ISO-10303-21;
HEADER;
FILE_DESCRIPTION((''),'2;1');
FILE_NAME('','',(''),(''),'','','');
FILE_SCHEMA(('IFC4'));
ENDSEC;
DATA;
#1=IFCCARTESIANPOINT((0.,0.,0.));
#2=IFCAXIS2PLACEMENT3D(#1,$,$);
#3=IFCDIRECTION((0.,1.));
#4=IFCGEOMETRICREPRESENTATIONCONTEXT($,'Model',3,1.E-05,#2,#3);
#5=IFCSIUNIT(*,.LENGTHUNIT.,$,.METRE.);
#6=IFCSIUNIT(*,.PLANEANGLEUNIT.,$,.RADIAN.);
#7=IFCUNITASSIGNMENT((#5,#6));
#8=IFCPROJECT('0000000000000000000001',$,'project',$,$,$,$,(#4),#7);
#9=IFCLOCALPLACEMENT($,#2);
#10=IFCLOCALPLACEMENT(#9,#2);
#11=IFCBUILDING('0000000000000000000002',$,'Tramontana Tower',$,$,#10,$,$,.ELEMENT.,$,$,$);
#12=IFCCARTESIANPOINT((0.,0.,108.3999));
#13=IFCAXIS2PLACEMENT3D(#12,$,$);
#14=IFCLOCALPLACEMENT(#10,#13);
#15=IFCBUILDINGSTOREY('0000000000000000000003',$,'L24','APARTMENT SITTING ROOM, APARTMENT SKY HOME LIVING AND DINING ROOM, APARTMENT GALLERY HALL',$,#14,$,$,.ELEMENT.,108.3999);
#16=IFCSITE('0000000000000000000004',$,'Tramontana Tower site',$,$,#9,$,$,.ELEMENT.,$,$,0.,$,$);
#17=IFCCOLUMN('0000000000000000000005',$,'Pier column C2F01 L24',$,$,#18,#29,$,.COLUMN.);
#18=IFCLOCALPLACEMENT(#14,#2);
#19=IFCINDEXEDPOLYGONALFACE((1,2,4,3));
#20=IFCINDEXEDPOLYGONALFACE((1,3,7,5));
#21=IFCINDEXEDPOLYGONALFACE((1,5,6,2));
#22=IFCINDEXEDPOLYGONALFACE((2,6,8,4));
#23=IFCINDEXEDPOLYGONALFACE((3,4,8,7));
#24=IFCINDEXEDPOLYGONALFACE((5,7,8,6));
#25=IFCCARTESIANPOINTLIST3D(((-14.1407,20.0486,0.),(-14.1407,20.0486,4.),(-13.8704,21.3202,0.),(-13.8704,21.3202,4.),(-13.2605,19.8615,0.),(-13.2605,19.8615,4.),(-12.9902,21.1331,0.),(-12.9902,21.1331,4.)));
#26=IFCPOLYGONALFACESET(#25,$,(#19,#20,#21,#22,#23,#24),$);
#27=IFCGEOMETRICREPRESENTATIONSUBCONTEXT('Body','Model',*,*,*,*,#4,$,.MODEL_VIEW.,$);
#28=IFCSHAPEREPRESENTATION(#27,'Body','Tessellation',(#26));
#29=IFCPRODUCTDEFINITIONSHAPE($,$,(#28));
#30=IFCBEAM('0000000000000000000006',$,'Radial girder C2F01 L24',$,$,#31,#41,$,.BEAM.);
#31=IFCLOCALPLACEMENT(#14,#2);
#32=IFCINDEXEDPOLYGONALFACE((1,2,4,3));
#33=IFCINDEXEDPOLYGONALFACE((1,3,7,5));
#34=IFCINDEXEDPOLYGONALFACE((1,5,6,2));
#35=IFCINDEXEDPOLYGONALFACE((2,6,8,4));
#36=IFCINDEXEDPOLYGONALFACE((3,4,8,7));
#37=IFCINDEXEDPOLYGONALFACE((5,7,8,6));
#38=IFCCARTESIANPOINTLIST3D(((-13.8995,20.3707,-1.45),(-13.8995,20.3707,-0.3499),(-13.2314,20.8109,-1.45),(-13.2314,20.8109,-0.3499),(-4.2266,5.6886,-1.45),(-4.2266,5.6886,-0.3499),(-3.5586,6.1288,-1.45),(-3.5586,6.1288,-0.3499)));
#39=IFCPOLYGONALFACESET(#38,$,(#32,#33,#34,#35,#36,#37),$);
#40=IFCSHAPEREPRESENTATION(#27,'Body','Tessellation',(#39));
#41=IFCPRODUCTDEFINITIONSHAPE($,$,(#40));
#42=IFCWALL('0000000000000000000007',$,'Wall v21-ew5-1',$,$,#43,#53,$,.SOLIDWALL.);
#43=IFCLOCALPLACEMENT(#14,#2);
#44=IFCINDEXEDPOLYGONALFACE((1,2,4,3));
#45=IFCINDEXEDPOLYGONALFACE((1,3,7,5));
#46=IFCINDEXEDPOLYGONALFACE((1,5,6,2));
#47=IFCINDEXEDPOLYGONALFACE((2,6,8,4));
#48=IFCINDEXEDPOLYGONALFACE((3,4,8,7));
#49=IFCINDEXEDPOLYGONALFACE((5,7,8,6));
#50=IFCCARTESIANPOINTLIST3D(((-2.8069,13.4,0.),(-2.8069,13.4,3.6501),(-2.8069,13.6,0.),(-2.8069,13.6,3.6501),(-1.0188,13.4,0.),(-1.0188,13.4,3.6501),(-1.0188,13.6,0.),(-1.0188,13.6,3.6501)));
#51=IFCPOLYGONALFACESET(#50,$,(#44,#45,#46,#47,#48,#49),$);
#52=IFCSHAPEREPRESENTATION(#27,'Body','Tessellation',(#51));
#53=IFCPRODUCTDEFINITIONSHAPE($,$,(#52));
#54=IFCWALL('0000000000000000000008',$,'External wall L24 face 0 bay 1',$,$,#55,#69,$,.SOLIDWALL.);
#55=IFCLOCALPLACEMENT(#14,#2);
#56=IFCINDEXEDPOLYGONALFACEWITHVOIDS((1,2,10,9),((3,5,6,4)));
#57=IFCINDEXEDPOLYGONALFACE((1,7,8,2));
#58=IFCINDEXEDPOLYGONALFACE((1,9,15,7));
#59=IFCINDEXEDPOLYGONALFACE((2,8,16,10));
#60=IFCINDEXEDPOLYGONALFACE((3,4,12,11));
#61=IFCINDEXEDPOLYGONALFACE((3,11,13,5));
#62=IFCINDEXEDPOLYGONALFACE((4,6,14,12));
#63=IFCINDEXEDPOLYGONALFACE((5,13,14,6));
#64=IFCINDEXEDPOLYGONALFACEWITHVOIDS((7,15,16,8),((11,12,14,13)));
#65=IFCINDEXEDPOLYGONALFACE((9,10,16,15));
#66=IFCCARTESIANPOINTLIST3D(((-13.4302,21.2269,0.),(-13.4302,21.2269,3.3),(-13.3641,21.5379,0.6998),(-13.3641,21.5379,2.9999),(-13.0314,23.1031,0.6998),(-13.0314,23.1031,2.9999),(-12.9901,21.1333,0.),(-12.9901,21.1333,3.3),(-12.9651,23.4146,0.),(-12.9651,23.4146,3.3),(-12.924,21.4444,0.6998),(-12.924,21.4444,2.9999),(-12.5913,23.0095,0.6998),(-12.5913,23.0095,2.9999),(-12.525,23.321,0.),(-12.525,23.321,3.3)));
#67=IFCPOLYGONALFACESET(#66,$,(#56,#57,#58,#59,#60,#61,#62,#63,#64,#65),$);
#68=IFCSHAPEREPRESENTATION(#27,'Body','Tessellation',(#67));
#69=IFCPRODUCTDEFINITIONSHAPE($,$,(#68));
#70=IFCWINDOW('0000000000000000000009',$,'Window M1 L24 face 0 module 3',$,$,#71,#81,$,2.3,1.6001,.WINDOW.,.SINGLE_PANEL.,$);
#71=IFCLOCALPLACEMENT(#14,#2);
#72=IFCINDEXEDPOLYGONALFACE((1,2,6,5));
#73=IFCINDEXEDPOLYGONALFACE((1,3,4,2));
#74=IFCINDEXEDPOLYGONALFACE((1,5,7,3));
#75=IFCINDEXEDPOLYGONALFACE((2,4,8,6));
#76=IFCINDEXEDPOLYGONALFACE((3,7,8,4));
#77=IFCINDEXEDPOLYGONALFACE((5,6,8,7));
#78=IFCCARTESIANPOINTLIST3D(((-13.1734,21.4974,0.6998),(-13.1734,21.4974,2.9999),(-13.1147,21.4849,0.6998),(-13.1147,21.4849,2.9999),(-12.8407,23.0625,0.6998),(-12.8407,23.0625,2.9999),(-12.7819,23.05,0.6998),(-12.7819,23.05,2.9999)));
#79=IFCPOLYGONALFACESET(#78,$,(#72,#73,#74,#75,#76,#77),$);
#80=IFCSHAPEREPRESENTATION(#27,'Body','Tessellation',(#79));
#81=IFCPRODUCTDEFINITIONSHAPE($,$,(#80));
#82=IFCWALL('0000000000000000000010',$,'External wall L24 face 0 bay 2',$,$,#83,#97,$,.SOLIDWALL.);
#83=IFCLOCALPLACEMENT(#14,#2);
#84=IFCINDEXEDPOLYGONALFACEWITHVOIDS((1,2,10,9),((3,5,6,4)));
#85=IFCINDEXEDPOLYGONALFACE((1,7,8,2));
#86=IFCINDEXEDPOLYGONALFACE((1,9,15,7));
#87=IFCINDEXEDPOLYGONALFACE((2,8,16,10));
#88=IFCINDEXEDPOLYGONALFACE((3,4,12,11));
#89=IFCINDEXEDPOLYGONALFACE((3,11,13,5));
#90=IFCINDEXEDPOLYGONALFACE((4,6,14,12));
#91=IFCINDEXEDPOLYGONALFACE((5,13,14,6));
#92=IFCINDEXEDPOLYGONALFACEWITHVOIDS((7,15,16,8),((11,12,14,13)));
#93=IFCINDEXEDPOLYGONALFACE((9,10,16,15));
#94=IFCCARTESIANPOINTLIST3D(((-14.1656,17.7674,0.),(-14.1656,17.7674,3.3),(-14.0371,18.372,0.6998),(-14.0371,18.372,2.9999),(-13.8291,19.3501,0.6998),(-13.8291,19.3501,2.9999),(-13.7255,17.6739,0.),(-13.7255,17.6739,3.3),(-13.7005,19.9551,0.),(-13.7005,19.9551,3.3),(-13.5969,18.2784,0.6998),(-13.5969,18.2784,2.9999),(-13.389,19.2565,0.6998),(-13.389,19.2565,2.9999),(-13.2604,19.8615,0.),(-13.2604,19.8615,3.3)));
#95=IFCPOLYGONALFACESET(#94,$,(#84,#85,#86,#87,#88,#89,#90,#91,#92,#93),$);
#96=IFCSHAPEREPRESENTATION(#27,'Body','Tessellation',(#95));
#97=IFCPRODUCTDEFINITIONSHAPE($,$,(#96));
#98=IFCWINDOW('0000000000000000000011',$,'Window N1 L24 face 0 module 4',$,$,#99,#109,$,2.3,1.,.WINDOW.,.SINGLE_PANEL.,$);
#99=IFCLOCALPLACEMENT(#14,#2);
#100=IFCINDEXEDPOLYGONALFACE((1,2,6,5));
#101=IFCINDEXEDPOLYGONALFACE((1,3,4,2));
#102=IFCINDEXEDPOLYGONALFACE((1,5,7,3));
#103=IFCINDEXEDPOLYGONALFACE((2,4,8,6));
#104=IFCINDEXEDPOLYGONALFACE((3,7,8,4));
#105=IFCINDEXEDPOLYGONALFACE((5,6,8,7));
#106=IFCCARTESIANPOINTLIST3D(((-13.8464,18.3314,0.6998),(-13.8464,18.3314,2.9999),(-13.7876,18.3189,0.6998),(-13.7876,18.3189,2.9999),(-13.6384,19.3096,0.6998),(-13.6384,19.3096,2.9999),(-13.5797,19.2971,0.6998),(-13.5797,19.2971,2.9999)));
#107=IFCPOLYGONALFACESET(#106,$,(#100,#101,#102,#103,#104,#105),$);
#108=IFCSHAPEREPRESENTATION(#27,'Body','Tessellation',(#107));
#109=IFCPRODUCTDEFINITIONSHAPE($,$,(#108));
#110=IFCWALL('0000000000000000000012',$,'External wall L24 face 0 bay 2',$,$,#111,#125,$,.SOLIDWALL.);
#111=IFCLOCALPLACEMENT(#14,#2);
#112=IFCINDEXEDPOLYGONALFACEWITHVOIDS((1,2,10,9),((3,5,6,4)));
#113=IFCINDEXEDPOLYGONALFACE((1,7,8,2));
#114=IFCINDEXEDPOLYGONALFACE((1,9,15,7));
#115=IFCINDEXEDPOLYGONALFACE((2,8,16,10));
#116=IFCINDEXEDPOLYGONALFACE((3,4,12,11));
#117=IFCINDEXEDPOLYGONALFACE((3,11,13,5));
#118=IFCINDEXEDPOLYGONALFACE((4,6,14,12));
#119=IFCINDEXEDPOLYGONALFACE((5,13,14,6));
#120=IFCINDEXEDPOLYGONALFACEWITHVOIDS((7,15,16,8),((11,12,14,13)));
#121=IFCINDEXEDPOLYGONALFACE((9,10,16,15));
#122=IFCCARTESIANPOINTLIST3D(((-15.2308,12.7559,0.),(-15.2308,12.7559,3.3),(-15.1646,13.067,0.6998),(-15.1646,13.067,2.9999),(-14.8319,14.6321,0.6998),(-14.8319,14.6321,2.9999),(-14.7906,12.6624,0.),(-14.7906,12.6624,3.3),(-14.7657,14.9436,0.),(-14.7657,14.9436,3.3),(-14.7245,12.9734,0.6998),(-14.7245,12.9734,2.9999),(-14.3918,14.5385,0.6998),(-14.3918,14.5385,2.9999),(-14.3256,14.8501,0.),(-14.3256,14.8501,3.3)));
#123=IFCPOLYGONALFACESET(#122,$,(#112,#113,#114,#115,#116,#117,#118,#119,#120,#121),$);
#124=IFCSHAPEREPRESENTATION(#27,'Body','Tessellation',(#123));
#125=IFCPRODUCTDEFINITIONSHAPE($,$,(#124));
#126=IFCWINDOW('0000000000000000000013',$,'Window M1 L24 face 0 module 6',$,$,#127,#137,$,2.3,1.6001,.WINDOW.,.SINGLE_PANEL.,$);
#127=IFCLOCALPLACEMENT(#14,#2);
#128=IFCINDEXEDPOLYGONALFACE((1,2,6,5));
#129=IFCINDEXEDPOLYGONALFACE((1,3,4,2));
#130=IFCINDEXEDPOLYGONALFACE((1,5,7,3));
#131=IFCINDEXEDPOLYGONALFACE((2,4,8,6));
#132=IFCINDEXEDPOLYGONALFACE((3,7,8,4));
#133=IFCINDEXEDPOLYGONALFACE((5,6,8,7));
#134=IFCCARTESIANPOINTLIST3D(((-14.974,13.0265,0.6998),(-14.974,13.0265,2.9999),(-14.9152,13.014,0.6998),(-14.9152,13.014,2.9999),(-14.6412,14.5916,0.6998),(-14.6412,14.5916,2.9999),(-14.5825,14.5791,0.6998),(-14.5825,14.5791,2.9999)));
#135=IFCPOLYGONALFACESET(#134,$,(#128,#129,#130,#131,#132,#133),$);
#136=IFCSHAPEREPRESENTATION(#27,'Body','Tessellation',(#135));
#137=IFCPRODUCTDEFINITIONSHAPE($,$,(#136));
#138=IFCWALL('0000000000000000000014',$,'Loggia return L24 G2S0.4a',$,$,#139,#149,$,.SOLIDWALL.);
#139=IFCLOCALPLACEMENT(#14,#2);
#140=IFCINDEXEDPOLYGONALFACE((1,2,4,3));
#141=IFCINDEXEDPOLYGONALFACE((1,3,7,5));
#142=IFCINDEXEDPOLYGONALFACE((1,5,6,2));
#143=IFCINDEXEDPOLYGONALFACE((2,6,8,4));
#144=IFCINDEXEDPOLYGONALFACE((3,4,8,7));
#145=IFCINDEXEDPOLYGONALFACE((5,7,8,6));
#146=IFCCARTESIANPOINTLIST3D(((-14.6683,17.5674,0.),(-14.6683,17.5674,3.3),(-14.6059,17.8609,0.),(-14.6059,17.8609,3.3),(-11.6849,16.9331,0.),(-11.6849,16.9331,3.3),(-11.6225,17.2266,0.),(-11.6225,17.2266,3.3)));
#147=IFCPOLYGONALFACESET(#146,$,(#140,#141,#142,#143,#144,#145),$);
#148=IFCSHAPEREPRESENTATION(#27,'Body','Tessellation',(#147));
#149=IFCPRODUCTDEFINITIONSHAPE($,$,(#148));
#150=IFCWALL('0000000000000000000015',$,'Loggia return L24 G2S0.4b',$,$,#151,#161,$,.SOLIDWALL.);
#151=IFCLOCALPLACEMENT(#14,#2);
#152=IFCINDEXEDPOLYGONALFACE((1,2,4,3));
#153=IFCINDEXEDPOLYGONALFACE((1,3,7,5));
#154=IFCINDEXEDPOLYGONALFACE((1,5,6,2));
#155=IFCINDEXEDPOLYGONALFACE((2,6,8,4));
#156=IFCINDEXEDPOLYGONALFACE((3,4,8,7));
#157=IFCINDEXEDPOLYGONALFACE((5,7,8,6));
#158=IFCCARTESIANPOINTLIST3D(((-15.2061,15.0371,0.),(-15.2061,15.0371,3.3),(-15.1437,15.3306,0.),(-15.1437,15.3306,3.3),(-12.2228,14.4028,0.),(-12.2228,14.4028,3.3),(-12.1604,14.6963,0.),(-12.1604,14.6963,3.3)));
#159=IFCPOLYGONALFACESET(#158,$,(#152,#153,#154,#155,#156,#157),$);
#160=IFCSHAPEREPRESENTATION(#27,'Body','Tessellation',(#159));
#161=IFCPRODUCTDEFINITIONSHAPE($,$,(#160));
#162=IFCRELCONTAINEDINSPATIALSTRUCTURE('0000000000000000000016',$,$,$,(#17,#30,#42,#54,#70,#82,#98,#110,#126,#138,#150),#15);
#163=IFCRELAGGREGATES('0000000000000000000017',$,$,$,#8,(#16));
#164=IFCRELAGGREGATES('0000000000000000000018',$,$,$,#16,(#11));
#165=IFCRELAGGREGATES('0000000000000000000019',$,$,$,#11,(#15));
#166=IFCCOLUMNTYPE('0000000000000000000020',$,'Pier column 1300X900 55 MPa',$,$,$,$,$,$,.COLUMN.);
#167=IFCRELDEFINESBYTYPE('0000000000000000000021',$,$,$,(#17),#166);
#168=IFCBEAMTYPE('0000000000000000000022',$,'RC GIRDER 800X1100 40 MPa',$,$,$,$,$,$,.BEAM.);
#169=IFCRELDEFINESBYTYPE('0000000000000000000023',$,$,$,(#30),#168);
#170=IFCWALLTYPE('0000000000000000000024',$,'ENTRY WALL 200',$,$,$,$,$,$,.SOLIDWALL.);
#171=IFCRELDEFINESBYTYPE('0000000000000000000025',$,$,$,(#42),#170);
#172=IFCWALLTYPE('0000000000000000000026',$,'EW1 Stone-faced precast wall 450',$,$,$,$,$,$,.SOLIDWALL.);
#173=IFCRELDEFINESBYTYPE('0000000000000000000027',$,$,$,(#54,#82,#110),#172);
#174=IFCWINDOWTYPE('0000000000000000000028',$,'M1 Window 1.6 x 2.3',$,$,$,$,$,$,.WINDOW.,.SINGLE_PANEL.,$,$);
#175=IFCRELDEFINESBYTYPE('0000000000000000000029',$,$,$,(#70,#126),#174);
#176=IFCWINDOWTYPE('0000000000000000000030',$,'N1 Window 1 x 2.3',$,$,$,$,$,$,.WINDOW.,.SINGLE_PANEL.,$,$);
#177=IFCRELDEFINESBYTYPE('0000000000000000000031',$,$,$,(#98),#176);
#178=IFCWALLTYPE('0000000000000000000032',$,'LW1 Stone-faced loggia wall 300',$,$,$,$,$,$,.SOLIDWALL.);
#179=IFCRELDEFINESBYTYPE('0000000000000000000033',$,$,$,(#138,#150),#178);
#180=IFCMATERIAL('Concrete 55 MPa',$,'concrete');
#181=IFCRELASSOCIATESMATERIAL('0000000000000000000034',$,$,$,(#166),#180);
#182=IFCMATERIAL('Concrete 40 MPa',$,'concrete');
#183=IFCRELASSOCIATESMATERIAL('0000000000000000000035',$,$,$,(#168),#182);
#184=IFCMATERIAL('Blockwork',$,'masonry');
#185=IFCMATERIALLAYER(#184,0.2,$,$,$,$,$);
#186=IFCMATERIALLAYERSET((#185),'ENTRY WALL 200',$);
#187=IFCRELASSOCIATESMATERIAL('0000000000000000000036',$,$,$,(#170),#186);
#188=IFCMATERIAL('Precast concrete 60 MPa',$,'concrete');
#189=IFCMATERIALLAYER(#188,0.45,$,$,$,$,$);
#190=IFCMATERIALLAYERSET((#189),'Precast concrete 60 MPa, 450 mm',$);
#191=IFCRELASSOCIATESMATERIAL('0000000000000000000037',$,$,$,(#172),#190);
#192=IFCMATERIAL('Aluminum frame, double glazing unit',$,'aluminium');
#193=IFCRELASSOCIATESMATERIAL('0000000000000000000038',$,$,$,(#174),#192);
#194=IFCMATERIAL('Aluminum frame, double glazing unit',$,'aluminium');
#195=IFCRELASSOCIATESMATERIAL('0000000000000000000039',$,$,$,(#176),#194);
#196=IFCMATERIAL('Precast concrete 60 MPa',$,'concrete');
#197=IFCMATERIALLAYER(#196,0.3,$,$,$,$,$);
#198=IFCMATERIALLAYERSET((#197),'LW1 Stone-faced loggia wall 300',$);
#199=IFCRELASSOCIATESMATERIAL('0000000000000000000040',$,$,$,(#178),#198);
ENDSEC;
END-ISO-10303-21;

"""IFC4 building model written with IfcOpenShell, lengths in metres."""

from ifc_helpers import new_model, si_unit, direction, frame, frame_2d, origin, origin_2d, place, context, subcontext, project, spatial, rectangle, extrude, material, layer, layer_set, material_profile, profile_set, type_object, element, fill, save


model = new_model("IFC4")

# Units and contexts
model_context = context("Model", 3, precision=1e-05, world=origin(), true_north=direction((0.0, 1.0)))
body_context = subcontext(model_context, "Body", "Model", "MODEL_VIEW")
ifc_project = project(units=[si_unit("LENGTHUNIT", "METRE"), si_unit("PLANEANGLEUNIT", "RADIAN")], contexts=[model_context])

# Site, building, storey
site_placement = place(None, origin())
site = spatial("IfcSite", under=ifc_project, at=site_placement, Name="Tramontana Tower site", CompositionType="ELEMENT", RefElevation=0.0)
building_placement = place(site_placement, origin())
building = spatial("IfcBuilding", under=site, at=building_placement, Name="Tramontana Tower", CompositionType="ELEMENT")
storey_placement = place(building_placement, frame((0.0, 0.0, 108.3999)))
storey = spatial("IfcBuildingStorey", under=building, at=storey_placement, Name="L24", Description="APARTMENT SITTING ROOM, APARTMENT SKY HOME LIVING AND DINING ROOM, APARTMENT GALLERY HALL", CompositionType="ELEMENT", Elevation=108.3999)

# Column
ifc_material_1 = material(Name="Concrete 55 MPa", Category="concrete")
ifc_material_profile_1 = material_profile(ifc_material_1, rectangle(XDim=1.3, YDim=0.8999, at=origin_2d()), Name="Pier column 1300X900 55 MPa")
ifc_profile_set_1 = profile_set([ifc_material_profile_1], Name="Concrete 55 MPa")
column_type = type_object("IfcColumnType", Name="Pier column 1300X900 55 MPa", PredefinedType="COLUMN", material=ifc_profile_set_1)
column_placement = place(storey_placement, frame((-13.5654, 20.5908, 0.0), z_axis=(0.0, 0.0, 1.0), x_axis=(-0.207912, -0.978148, 0.0)))
element("IfcColumn", 1, at=column_placement, inside=storey, type_object=column_type, Name="Pier column C2F01 L24", PredefinedType="COLUMN", context=body_context, shape_type="SweptSolid", body=[
    extrude(rectangle(XDim=1.3, YDim=0.8999, at=origin_2d()), origin(), (0.0, 0.0, 1.0), 4.0),
])

# Beam
ifc_material_2 = material(Name="Concrete 40 MPa", Category="concrete")
ifc_material_profile_2 = material_profile(ifc_material_2, rectangle(XDim=0.8, YDim=1.1001, at=origin_2d()), Name="RC GIRDER 800X1100 40 MPa")
ifc_profile_set_2 = profile_set([ifc_material_profile_2], Name="Concrete 40 MPa")
beam_type = type_object("IfcBeamType", Name="RC GIRDER 800X1100 40 MPa", PredefinedType="BEAM", material=ifc_profile_set_2)
beam_placement = place(storey_placement, frame((-13.5654, 20.5908, -0.8999), z_axis=(0.550155, -0.835063, 0.0), x_axis=(0.835063, 0.550155, 0.0)))
element("IfcBeam", 2, at=beam_placement, inside=storey, type_object=beam_type, Name="Radial girder C2F01 L24", PredefinedType="BEAM", context=body_context, shape_type="SweptSolid", body=[
    extrude(rectangle(XDim=0.8, YDim=1.1001, at=origin_2d()), origin(), (0.0, 0.0, 1.0), 17.582),
])

# Wall
ifc_material_3 = material(Name="Blockwork", Category="masonry")
ifc_layer_1 = layer(ifc_material_3, 0.2)
ifc_layer_set_1 = layer_set([ifc_layer_1], Name="ENTRY WALL 200")
wall_type_1 = type_object("IfcWallType", Name="ENTRY WALL 200", PredefinedType="SOLIDWALL", material=ifc_layer_set_1)
wall_1_placement = place(storey_placement, frame((-2.8069, 13.5, 0.0), z_axis=(0.0, 0.0, 1.0), x_axis=(1.0, 0.0, 0.0)))
element("IfcWall", 3, at=wall_1_placement, inside=storey, type_object=wall_type_1, Name="Wall v21-ew5-1", PredefinedType="SOLIDWALL", context=body_context, shape_type="SweptSolid", body=[
    extrude(rectangle(XDim=1.7881, YDim=0.2, at=frame_2d((0.894, 0.0))), origin(), (0.0, 0.0, 1.0), 3.6501),
])

# Walls, openings, windows
ifc_material_4 = material(Name="Precast concrete 60 MPa", Category="concrete")
ifc_layer_2 = layer(ifc_material_4, 0.45)
ifc_layer_set_2 = layer_set([ifc_layer_2], Name="Precast concrete 60 MPa, 450 mm")
wall_type_2 = type_object("IfcWallType", Name="EW1 Stone-faced precast wall 450", PredefinedType="SOLIDWALL", material=ifc_layer_set_2)
wall_2_placement = place(storey_placement, frame((-12.7451, 23.3677, 0.0), z_axis=(0.0, 0.0, 1.0), x_axis=(-0.207941, -0.978141, 0.0)))
wall_2 = element("IfcWall", 4, at=wall_2_placement, inside=storey, type_object=wall_type_2, Name="External wall L24 face 0 bay 1", PredefinedType="SOLIDWALL", context=body_context, shape_type="SweptSolid", body=[
    extrude(rectangle(XDim=2.2366, YDim=0.45, at=frame_2d((1.1182, 0.0))), origin(), (0.0, 0.0, 1.0), 3.3),
])
opening_1_placement = place(wall_2_placement, frame((0.3184, 0.0, 0.7)))
opening_1 = element("IfcOpeningElement", 5, at=opening_1_placement, cuts=wall_2, PredefinedType="OPENING", context=body_context, shape_type="SweptSolid", body=[
    extrude(rectangle(XDim=1.6001, YDim=2.3, at=frame_2d((0.8, 1.1499))), frame((0.0, 0.2349, 0.0), z_axis=(0.0, -1.0, 0.0), x_axis=(1.0, 0.0, 0.0)), (0.0, 0.0, 1.0), 0.47),
])
ifc_material_5 = material(Name="Aluminum frame, double glazing unit", Category="aluminium")
window_type_1 = type_object("IfcWindowType", Name="M1 Window 1.6 x 2.3", PartitioningType="SINGLE_PANEL", PredefinedType="WINDOW", material=ifc_material_5)
window_1_placement = place(opening_1_placement, origin())
window_1 = element("IfcWindow", 6, at=window_1_placement, inside=storey, type_object=window_type_1, Name="Window M1 L24 face 0 module 3", OverallHeight=2.3, OverallWidth=1.6001, PartitioningType="SINGLE_PANEL", PredefinedType="WINDOW", context=body_context, shape_type="SweptSolid", body=[
    extrude(rectangle(XDim=1.6001, YDim=2.3, at=frame_2d((0.8, 1.1499))), frame((0.0, 0.03, 0.0), z_axis=(0.0, -1.0, 0.0), x_axis=(1.0, 0.0, 0.0)), (0.0, 0.0, 1.0), 0.0601),
])
fill(opening_1, window_1)
wall_3_placement = place(storey_placement, frame((-13.4805, 19.9082, 0.0), z_axis=(0.0, 0.0, 1.0), x_axis=(-0.207941, -0.978141, 0.0)))
wall_3 = element("IfcWall", 7, at=wall_3_placement, inside=storey, type_object=wall_type_2, Name="External wall L24 face 0 bay 2", PredefinedType="SOLIDWALL", context=body_context, shape_type="SweptSolid", body=[
    extrude(rectangle(XDim=2.2366, YDim=0.45, at=frame_2d((1.1182, 0.0))), origin(), (0.0, 0.0, 1.0), 3.3),
])
opening_2_placement = place(wall_3_placement, frame((0.6184, 0.0, 0.7)))
opening_2 = element("IfcOpeningElement", 8, at=opening_2_placement, cuts=wall_3, PredefinedType="OPENING", context=body_context, shape_type="SweptSolid", body=[
    extrude(rectangle(XDim=1.0, YDim=2.3, at=frame_2d((0.5, 1.1499))), frame((0.0, 0.2349, 0.0), z_axis=(0.0, -1.0, 0.0), x_axis=(1.0, 0.0, 0.0)), (0.0, 0.0, 1.0), 0.47),
])
ifc_material_6 = material(Name="Aluminum frame, double glazing unit", Category="aluminium")
window_type_2 = type_object("IfcWindowType", Name="N1 Window 1 x 2.3", PartitioningType="SINGLE_PANEL", PredefinedType="WINDOW", material=ifc_material_6)
window_2_placement = place(opening_2_placement, origin())
window_2 = element("IfcWindow", 9, at=window_2_placement, inside=storey, type_object=window_type_2, Name="Window N1 L24 face 0 module 4", OverallHeight=2.3, OverallWidth=1.0, PartitioningType="SINGLE_PANEL", PredefinedType="WINDOW", context=body_context, shape_type="SweptSolid", body=[
    extrude(rectangle(XDim=1.0, YDim=2.3, at=frame_2d((0.5, 1.1499))), frame((0.0, 0.03, 0.0), z_axis=(0.0, -1.0, 0.0), x_axis=(1.0, 0.0, 0.0)), (0.0, 0.0, 1.0), 0.0601),
])
fill(opening_2, window_2)
wall_4_placement = place(storey_placement, frame((-14.5457, 14.8967, 0.0), z_axis=(0.0, 0.0, 1.0), x_axis=(-0.207941, -0.978141, 0.0)))
wall_4 = element("IfcWall", 10, at=wall_4_placement, inside=storey, type_object=wall_type_2, Name="External wall L24 face 0 bay 2", PredefinedType="SOLIDWALL", context=body_context, shape_type="SweptSolid", body=[
    extrude(rectangle(XDim=2.2366, YDim=0.45, at=frame_2d((1.1182, 0.0))), origin(), (0.0, 0.0, 1.0), 3.3),
])
opening_3_placement = place(wall_4_placement, frame((0.3184, 0.0, 0.7)))
opening_3 = element("IfcOpeningElement", 11, at=opening_3_placement, cuts=wall_4, PredefinedType="OPENING", context=body_context, shape_type="SweptSolid", body=[
    extrude(rectangle(XDim=1.6001, YDim=2.3, at=frame_2d((0.8, 1.1499))), frame((0.0, 0.2349, 0.0), z_axis=(0.0, -1.0, 0.0), x_axis=(1.0, 0.0, 0.0)), (0.0, 0.0, 1.0), 0.47),
])
window_3_placement = place(opening_3_placement, origin())
window_3 = element("IfcWindow", 12, at=window_3_placement, inside=storey, type_object=window_type_1, Name="Window M1 L24 face 0 module 6", OverallHeight=2.3, OverallWidth=1.6001, PartitioningType="SINGLE_PANEL", PredefinedType="WINDOW", context=body_context, shape_type="SweptSolid", body=[
    extrude(rectangle(XDim=1.6001, YDim=2.3, at=frame_2d((0.8, 1.1499))), frame((0.0, 0.03, 0.0), z_axis=(0.0, -1.0, 0.0), x_axis=(1.0, 0.0, 0.0)), (0.0, 0.0, 1.0), 0.0601),
])
fill(opening_3, window_3)

# Shared definitions
ifc_material_7 = material(Name="Precast concrete 60 MPa", Category="concrete")
ifc_layer_3 = layer(ifc_material_7, 0.3)
ifc_layer_set_3 = layer_set([ifc_layer_3], Name="LW1 Stone-faced loggia wall 300")
wall_type_3 = type_object("IfcWallType", Name="LW1 Stone-faced loggia wall 300", PredefinedType="SOLIDWALL", material=ifc_layer_set_3)

# Walls
for number, where, z_axis, x_axis, name in (
    (13, (-14.637, 17.7141, 0.0), (0.0, 0.0, 1.0), (0.978139, -0.207954, 0.0), "Loggia return L24 G2S0.4a"),
    (14, (-15.1748, 15.1838, 0.0), (0.0, 0.0, 1.0), (0.978139, -0.207954, 0.0), "Loggia return L24 G2S0.4b"),
):
    element("IfcWall", number, at=place(storey_placement, frame(where, z_axis=z_axis, x_axis=x_axis)), inside=storey, type_object=wall_type_3, Name=name, PredefinedType="SOLIDWALL", context=body_context, shape_type="SweptSolid", body=[
        extrude(rectangle(XDim=3.05, YDim=0.3, at=frame_2d((1.5249, 0.0))), origin(), (0.0, 0.0, 1.0), 3.3),
    ])

save(model, "model.ifc")
